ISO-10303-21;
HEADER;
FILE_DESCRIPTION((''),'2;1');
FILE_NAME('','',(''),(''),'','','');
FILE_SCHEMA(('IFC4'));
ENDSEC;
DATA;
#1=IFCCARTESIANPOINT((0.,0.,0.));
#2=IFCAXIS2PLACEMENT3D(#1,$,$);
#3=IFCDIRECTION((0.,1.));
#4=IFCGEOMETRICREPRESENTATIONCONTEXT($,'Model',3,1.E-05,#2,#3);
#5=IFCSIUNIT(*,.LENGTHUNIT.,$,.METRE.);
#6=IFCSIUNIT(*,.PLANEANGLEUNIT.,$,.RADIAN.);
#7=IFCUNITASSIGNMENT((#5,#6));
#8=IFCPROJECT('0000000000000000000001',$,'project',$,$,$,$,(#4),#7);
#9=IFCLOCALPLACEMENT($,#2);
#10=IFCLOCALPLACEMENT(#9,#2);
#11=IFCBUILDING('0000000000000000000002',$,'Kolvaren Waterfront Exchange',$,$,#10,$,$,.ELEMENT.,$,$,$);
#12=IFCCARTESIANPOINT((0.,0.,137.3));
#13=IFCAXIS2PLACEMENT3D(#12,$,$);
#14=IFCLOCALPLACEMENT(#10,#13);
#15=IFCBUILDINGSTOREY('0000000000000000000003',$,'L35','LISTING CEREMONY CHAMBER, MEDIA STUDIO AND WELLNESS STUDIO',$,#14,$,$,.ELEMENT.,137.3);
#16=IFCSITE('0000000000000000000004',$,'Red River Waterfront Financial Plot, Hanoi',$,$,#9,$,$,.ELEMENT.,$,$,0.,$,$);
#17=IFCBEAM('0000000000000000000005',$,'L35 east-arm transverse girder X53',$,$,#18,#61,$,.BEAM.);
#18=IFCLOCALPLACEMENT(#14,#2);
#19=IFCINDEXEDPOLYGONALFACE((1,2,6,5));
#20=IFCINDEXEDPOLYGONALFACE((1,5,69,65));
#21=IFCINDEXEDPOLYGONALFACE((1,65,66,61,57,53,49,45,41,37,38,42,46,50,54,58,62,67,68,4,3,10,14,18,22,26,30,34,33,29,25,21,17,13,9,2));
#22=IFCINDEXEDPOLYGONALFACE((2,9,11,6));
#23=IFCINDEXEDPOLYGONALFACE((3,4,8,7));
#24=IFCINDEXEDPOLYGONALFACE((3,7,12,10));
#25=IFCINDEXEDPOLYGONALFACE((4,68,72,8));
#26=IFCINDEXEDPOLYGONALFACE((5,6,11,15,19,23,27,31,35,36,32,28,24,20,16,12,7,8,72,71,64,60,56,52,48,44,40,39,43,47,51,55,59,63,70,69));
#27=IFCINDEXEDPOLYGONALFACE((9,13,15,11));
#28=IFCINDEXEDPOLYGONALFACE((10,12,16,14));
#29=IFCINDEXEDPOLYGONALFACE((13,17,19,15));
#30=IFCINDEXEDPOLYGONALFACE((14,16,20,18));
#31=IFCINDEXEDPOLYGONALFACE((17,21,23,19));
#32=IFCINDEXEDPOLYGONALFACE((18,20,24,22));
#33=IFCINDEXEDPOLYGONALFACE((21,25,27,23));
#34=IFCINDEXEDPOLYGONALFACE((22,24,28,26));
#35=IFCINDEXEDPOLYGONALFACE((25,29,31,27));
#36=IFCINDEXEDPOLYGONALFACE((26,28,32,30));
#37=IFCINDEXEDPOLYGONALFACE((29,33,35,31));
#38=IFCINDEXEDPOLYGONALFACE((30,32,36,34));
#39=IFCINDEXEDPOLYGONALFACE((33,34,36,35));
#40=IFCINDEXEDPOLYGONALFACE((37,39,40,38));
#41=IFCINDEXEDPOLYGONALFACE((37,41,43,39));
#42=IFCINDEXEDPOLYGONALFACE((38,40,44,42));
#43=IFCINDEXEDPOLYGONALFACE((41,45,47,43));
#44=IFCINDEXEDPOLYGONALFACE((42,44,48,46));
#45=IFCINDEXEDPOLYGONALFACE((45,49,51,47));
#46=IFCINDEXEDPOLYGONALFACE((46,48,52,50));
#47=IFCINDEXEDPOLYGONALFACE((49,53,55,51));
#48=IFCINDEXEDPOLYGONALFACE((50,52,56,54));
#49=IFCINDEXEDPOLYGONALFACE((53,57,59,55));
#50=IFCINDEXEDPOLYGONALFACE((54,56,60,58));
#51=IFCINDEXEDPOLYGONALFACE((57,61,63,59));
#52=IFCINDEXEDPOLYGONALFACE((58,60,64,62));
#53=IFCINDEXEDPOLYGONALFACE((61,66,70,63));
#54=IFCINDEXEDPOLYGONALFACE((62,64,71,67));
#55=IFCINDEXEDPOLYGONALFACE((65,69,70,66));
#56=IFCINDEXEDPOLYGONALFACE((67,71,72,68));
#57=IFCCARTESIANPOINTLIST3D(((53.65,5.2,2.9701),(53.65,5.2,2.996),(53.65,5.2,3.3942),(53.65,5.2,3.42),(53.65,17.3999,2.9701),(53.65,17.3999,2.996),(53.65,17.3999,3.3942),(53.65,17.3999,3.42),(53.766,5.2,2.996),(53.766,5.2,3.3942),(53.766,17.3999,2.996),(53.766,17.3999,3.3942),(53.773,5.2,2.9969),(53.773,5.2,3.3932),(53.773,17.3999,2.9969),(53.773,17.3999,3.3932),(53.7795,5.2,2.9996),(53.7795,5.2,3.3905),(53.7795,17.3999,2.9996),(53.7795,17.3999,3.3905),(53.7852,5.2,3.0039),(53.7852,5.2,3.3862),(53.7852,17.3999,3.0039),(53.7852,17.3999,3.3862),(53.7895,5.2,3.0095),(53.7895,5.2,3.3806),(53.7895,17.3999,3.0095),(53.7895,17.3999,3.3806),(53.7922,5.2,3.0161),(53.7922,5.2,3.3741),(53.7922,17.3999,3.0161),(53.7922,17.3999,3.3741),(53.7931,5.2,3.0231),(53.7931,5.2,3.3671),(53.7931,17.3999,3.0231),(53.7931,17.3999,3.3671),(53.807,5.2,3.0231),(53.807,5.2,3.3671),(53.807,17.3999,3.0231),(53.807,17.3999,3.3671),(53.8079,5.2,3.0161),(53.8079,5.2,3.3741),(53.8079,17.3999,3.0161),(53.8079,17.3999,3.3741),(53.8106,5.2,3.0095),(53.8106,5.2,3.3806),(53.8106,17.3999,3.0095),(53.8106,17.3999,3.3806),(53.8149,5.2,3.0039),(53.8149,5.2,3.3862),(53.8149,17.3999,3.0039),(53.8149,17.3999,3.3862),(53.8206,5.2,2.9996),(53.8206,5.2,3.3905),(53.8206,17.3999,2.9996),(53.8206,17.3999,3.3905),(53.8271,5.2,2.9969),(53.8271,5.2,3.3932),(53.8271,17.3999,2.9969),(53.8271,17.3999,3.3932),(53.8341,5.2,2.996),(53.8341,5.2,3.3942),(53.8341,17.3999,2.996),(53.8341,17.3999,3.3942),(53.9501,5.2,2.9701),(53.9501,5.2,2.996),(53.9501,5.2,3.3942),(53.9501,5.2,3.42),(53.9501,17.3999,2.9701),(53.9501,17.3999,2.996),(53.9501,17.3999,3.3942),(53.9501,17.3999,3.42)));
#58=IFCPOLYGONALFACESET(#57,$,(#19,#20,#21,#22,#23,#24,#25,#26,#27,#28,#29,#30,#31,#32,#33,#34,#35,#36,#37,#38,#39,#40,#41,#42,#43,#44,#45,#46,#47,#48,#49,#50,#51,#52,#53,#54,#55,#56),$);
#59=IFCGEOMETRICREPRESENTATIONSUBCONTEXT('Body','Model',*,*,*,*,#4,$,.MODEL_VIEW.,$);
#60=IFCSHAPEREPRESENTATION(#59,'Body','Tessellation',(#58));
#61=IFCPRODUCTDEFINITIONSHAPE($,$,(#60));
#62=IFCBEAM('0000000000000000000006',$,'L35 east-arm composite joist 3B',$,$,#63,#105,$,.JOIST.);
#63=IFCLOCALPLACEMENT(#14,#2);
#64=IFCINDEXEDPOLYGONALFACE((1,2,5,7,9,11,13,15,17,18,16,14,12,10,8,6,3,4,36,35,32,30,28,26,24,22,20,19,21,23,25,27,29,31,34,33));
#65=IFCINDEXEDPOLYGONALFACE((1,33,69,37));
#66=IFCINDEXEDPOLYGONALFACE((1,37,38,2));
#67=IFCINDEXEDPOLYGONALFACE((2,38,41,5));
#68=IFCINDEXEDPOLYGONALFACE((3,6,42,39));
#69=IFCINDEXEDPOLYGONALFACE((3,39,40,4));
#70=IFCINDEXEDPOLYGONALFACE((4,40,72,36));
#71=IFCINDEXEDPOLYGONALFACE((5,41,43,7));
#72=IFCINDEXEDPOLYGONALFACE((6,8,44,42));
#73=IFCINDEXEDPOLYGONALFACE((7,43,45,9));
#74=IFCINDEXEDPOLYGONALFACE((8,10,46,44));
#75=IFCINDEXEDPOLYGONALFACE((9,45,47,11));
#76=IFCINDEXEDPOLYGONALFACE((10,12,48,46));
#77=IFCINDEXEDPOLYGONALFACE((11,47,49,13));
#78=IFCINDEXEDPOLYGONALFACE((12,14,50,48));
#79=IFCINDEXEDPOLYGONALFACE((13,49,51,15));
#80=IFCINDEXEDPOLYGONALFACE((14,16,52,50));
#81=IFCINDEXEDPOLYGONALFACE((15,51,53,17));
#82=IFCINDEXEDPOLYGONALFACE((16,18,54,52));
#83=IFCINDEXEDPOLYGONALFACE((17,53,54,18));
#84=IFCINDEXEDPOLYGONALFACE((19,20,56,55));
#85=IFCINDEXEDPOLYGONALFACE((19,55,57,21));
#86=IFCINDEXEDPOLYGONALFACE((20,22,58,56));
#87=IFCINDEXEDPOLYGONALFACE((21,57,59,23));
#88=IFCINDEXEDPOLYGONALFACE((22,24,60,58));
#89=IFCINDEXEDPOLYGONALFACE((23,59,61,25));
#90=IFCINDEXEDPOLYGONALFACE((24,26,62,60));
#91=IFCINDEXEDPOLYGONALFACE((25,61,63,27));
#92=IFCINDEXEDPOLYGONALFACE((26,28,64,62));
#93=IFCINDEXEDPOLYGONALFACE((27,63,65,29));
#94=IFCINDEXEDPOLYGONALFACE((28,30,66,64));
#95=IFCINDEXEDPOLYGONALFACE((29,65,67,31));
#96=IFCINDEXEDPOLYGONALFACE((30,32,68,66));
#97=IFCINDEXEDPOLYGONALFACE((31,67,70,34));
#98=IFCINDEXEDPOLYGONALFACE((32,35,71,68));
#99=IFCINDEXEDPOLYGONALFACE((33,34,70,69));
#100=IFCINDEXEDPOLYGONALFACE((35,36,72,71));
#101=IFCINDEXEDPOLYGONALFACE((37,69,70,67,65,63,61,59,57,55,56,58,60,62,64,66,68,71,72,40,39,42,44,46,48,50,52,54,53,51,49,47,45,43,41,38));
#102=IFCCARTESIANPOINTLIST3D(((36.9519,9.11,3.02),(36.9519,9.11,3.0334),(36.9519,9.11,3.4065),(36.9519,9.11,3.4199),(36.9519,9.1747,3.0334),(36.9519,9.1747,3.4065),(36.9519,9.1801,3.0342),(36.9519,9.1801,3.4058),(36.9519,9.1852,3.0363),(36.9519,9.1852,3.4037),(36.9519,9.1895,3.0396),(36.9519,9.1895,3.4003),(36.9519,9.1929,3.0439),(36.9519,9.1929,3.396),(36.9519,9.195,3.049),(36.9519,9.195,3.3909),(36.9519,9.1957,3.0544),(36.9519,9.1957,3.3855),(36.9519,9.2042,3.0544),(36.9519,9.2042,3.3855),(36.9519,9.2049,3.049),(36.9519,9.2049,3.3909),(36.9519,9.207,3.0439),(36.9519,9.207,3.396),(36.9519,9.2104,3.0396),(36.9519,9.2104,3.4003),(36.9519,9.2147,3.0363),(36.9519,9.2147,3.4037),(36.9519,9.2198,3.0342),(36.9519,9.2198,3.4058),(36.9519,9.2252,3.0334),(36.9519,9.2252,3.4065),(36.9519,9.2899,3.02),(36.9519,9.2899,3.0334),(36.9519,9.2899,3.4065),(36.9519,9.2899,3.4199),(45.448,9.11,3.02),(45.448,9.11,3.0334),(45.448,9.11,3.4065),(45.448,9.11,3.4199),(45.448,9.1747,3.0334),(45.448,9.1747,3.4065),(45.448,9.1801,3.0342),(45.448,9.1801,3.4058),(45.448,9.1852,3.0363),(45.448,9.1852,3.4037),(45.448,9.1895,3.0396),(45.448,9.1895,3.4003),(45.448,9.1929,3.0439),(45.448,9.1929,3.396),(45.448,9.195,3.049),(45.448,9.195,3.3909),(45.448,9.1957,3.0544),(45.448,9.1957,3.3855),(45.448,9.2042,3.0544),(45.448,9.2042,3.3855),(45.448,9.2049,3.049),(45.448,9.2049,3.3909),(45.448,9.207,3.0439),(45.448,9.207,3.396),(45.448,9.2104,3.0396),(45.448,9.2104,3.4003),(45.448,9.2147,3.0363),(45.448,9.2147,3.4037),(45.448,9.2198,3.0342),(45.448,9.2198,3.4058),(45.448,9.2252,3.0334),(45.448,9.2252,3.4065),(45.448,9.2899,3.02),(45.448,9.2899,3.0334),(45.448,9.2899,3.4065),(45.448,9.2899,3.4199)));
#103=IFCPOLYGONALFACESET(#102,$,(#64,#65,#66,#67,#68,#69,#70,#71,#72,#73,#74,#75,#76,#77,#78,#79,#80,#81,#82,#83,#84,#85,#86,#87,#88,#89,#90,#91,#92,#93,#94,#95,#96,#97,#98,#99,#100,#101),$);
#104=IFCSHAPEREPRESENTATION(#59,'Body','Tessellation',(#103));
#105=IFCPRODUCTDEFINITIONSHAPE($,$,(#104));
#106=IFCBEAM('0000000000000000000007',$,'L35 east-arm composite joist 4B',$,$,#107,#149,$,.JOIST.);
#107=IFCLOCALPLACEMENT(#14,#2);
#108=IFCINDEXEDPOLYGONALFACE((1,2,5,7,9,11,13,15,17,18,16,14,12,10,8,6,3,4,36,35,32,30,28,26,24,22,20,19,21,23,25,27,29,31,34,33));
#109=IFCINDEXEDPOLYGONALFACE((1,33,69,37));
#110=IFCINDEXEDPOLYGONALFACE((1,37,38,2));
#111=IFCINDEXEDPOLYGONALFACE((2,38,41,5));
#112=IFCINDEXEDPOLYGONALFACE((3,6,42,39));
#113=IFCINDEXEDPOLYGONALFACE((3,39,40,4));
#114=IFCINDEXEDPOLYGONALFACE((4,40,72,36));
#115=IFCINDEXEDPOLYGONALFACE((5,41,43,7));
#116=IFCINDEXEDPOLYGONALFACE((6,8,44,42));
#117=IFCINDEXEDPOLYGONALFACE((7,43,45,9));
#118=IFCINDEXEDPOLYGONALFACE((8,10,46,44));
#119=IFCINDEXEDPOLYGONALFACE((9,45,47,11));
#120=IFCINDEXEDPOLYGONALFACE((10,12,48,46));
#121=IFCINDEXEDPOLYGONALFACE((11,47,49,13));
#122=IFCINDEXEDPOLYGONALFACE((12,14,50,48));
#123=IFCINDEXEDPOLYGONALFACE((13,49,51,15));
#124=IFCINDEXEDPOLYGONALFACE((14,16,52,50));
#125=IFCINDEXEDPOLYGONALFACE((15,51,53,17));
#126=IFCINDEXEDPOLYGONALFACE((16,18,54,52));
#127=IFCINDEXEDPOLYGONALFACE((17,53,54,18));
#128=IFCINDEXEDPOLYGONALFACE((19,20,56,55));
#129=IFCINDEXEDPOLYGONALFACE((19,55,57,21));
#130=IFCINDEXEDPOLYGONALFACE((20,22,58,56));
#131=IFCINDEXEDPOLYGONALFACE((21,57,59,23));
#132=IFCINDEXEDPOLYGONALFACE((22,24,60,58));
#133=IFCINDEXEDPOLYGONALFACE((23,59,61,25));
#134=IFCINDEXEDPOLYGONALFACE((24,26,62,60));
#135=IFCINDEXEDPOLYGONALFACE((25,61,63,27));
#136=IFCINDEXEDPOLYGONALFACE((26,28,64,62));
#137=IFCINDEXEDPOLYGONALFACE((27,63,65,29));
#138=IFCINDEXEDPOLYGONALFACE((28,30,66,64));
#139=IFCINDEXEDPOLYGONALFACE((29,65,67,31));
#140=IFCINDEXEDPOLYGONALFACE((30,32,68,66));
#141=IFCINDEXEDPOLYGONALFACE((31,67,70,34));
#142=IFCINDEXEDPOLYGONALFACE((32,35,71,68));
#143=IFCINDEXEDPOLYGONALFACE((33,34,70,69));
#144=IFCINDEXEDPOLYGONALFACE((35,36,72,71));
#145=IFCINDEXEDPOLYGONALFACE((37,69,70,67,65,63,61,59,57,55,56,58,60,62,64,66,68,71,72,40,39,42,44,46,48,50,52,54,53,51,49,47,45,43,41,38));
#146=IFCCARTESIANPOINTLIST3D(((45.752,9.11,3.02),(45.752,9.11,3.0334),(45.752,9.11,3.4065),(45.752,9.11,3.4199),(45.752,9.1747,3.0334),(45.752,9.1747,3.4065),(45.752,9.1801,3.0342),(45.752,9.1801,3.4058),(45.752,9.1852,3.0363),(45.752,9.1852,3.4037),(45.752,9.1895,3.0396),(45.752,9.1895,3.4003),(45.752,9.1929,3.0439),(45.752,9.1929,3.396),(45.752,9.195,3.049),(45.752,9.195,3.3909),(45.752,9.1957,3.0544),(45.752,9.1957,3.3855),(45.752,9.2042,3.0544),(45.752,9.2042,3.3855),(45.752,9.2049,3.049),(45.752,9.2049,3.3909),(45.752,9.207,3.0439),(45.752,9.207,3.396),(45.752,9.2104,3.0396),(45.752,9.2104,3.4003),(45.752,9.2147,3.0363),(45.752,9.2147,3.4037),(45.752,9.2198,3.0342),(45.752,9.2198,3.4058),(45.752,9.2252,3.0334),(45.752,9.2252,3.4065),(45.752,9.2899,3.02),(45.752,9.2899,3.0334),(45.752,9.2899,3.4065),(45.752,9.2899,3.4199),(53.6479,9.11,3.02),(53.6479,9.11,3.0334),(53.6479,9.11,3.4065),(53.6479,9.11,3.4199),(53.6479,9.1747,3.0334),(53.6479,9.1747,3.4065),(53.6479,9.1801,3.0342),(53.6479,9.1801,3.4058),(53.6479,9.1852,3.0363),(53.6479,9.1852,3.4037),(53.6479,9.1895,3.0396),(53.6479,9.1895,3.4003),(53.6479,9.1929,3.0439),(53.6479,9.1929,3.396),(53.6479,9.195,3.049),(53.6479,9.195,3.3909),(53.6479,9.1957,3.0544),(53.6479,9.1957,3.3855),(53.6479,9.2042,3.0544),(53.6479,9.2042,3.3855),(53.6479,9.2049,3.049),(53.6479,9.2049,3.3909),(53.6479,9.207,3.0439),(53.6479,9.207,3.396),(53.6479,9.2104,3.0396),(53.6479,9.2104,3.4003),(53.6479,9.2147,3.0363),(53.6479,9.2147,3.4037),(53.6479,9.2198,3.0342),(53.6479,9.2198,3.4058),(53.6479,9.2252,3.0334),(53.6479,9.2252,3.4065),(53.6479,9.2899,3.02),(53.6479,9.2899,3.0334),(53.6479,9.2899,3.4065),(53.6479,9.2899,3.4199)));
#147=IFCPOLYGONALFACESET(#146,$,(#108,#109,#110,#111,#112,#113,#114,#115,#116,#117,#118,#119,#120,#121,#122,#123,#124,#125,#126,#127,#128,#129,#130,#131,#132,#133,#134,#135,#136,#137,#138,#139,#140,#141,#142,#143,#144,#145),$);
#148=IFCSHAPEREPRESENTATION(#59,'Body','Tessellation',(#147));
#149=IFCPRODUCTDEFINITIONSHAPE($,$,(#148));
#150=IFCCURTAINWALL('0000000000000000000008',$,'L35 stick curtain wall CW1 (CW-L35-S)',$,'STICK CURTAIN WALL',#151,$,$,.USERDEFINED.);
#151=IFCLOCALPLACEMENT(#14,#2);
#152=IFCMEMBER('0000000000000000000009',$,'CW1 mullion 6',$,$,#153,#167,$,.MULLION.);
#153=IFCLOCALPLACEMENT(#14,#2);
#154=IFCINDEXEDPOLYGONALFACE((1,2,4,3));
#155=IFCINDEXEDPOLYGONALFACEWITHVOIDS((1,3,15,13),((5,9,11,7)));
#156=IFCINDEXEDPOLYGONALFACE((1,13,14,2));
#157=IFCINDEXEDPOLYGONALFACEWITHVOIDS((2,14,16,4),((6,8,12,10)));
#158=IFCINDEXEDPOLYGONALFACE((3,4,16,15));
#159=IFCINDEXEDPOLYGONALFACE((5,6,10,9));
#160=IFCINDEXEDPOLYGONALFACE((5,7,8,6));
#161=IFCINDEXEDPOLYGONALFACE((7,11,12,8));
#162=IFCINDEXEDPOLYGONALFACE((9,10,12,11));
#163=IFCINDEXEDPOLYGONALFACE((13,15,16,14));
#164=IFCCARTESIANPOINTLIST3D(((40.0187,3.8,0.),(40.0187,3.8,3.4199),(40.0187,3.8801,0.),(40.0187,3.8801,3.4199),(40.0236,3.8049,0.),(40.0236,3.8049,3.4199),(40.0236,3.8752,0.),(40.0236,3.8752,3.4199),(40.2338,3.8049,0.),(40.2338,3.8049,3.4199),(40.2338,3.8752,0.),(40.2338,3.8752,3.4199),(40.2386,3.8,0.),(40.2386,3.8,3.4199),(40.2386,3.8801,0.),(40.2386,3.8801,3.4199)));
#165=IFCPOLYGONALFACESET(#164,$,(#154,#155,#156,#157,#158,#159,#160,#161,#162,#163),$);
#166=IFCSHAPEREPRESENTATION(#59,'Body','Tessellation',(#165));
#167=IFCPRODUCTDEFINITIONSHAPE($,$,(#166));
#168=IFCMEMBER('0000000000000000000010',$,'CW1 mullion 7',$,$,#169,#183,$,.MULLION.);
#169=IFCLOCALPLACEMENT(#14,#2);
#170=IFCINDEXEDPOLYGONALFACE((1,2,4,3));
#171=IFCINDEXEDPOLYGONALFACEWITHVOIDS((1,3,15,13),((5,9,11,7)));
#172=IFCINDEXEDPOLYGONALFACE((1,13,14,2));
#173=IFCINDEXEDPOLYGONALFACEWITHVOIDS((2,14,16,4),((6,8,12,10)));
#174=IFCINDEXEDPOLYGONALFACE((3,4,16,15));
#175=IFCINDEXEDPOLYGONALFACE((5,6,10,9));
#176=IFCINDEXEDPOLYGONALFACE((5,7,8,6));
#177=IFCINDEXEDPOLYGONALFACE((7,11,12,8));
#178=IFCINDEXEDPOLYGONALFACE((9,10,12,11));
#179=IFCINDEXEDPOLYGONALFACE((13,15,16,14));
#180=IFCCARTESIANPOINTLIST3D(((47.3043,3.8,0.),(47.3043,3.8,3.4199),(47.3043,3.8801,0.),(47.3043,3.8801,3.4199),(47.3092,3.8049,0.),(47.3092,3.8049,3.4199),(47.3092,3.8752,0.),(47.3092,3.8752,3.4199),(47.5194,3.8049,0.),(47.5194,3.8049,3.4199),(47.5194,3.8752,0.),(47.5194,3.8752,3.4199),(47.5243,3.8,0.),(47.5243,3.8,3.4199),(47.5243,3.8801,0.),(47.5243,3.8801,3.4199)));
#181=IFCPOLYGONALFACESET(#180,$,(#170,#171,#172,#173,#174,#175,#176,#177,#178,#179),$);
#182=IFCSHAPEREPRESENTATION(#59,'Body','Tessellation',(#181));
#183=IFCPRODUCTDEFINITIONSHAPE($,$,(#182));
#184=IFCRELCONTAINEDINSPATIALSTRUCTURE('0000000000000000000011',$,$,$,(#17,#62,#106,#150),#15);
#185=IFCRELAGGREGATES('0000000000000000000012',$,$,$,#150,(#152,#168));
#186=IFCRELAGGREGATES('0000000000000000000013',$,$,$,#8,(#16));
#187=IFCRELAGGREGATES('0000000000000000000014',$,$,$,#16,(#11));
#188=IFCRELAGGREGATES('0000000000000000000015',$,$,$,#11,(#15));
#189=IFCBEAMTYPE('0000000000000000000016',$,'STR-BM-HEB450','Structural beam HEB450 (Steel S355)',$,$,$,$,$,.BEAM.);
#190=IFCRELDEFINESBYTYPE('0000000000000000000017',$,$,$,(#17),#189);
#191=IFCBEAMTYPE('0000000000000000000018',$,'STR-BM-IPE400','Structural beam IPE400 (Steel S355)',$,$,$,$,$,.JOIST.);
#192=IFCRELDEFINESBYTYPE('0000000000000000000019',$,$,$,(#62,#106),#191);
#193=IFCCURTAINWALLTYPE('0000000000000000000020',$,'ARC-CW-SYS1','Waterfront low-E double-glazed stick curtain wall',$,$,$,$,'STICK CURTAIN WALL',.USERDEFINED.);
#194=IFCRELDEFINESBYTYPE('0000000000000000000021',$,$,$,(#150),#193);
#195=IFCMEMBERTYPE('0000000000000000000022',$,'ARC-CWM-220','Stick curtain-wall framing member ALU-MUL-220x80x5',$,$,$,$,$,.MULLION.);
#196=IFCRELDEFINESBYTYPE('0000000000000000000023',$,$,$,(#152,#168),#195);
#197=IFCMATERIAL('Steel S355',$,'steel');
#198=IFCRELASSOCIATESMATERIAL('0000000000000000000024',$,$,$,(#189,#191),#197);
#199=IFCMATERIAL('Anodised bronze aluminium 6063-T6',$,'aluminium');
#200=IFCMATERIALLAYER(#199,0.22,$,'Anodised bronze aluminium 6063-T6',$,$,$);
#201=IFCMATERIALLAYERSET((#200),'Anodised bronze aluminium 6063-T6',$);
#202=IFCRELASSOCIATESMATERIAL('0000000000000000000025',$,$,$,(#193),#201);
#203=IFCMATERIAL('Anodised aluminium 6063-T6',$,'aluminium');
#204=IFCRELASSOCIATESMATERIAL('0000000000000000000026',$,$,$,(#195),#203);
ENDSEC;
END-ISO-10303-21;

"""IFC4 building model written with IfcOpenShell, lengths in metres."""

from ifc_helpers import new_model, si_unit, direction, frame, origin, origin_with_axes, origin_2d, place, context, subcontext, project, spatial, hollow_rectangle, i_section, extrude, source, transform, mapped, material, layer, layer_set, material_profile, profile_set, type_object, element, aggregate, save


model = new_model("IFC4")

# Units and contexts
model_context = context("Model", 3, precision=1e-05, world=origin(), true_north=direction((0.0, 1.0)))
body_context = subcontext(model_context, "Body", "Model", "MODEL_VIEW")
ifc_project = project(units=[si_unit("LENGTHUNIT", "METRE"), si_unit("PLANEANGLEUNIT", "RADIAN")], contexts=[model_context])

# Site, building, storey
site_placement = place(None, origin())
site = spatial("IfcSite", under=ifc_project, at=site_placement, Name="Red River Waterfront Financial Plot, Hanoi", CompositionType="ELEMENT", RefElevation=0.0)
building_placement = place(site_placement, origin())
building = spatial("IfcBuilding", under=site, at=building_placement, Name="Kolvaren Waterfront Exchange", CompositionType="ELEMENT")
storey_placement = place(building_placement, frame((0.0, 0.0, 137.3)))
storey = spatial("IfcBuildingStorey", under=building, at=storey_placement, Name="L35", Description="LISTING CEREMONY CHAMBER, MEDIA STUDIO AND WELLNESS STUDIO", CompositionType="ELEMENT", Elevation=137.3)

# Beams
ifc_material_1 = material(Name="Steel S355", Category="steel")
ifc_material_profile_1 = material_profile(ifc_material_1, i_section(OverallWidth=0.3, OverallDepth=0.45, WebThickness=0.0139, FlangeThickness=0.0259, FilletRadius=0.0271, at=origin_2d()), Name="HEB450")
ifc_profile_set_1 = profile_set([ifc_material_profile_1], Name="Steel S355")
beam_type_1 = type_object("IfcBeamType", Name="STR-BM-HEB450", Description="Structural beam HEB450 (Steel S355)", PredefinedType="BEAM", material=ifc_profile_set_1)
for number, where, z_axis, x_axis, name in (
    (1, (53.8, 5.2, 3.1951), (0.0, 1.0, 0.0), (-1.0, 0.0, 0.0), "L35 east-arm transverse girder X53"),
):
    element("IfcBeam", number, at=place(storey_placement, frame(where, z_axis=z_axis, x_axis=x_axis)), inside=storey, type_object=beam_type_1, Name=name, PredefinedType="BEAM", context=body_context, shape_type="SweptSolid", body=[
        extrude(i_section(OverallWidth=0.3, OverallDepth=0.45, WebThickness=0.0139, FlangeThickness=0.0259, FilletRadius=0.0271, at=origin_2d()), origin(), (0.0, 0.0, 1.0), 12.2),
    ])
ifc_material_profile_2 = material_profile(ifc_material_1, i_section(OverallWidth=0.1799, OverallDepth=0.3999, WebThickness=0.0085, FlangeThickness=0.0134, FilletRadius=0.021, at=origin_2d()), Name="IPE400")
ifc_profile_set_2 = profile_set([ifc_material_profile_2], Name="Steel S355")
beam_type_2 = type_object("IfcBeamType", Name="STR-BM-IPE400", Description="Structural beam IPE400 (Steel S355)", PredefinedType="JOIST", material=ifc_profile_set_2)
beam_1_placement = place(storey_placement, frame((36.9519, 9.2, 3.22), z_axis=(1.0, 0.0, 0.0), x_axis=(0.0, 1.0, 0.0)))
element("IfcBeam", 2, at=beam_1_placement, inside=storey, type_object=beam_type_2, Name="L35 east-arm composite joist 3B", PredefinedType="JOIST", context=body_context, shape_type="SweptSolid", body=[
    extrude(i_section(OverallWidth=0.1799, OverallDepth=0.3999, WebThickness=0.0085, FlangeThickness=0.0134, FilletRadius=0.021, at=origin_2d()), origin(), (0.0, 0.0, 1.0), 8.4961),
])
beam_2_placement = place(storey_placement, frame((45.752, 9.2, 3.22), z_axis=(1.0, 0.0, 0.0), x_axis=(0.0, 1.0, 0.0)))
element("IfcBeam", 3, at=beam_2_placement, inside=storey, type_object=beam_type_2, Name="L35 east-arm composite joist 4B", PredefinedType="JOIST", context=body_context, shape_type="SweptSolid", body=[
    extrude(i_section(OverallWidth=0.1799, OverallDepth=0.3999, WebThickness=0.0085, FlangeThickness=0.0134, FilletRadius=0.021, at=origin_2d()), origin(), (0.0, 0.0, 1.0), 7.896),
])

# Curtain wall, members
ifc_material_2 = material(Name="Anodised bronze aluminium 6063-T6", Category="aluminium")
ifc_layer_1 = layer(ifc_material_2, 0.22, Name="Anodised bronze aluminium 6063-T6")
ifc_layer_set_1 = layer_set([ifc_layer_1], Name="Anodised bronze aluminium 6063-T6")
curtain_wall_type = type_object("IfcCurtainWallType", Name="ARC-CW-SYS1", Description="Waterfront low-E double-glazed stick curtain wall", ElementType="STICK CURTAIN WALL", PredefinedType="USERDEFINED", material=ifc_layer_set_1)
curtain_wall_placement = place(storey_placement, origin())
curtain_wall = element("IfcCurtainWall", 4, at=curtain_wall_placement, inside=storey, type_object=curtain_wall_type, Name="L35 stick curtain wall CW1 (CW-L35-S)", ObjectType="STICK CURTAIN WALL", PredefinedType="USERDEFINED")
ifc_material_3 = material(Name="Anodised aluminium 6063-T6", Category="aluminium")
ifc_material_profile_3 = material_profile(ifc_material_3, hollow_rectangle(XDim=0.0801, YDim=0.22, WallThickness=0.0049, at=origin_2d()), Name="ALU-MUL-220x80x5")
ifc_profile_set_3 = profile_set([ifc_material_profile_3], Name="Anodised aluminium 6063-T6")
member_type_1 = type_object("IfcMemberType", Name="ARC-CWM-220", Description="Stick curtain-wall framing member ALU-MUL-220x80x5", PredefinedType="MULLION", material=ifc_profile_set_3)
shared_shape_1 = source(origin_with_axes(), body_context, "Body", "SweptSolid", [
    extrude(hollow_rectangle(XDim=0.0801, YDim=0.22, WallThickness=0.0049, at=origin_2d()), origin(), (0.0, 0.0, 1.0), 3.4199),
])
member_1_placement = place(storey_placement, frame((40.1287, 3.8401, 0.0), z_axis=(0.0, 0.0, 1.0), x_axis=(0.0, 1.0, 0.0)))
member_1 = element("IfcMember", 5, at=member_1_placement, type_object=member_type_1, Name="CW1 mullion 6", PredefinedType="MULLION", context=body_context, shape_type="MappedRepresentation", body=[
    mapped(shared_shape_1, transform((0.0, 0.0, 0.0), x_axis=(1.0, 0.0, 0.0), y_axis=(0.0, 1.0, 0.0), z_axis=(0.0, 0.0, 1.0), scale=1.0)),
])
member_2_placement = place(storey_placement, frame((47.4143, 3.8401, 0.0), z_axis=(0.0, 0.0, 1.0), x_axis=(0.0, 1.0, 0.0)))
member_2 = element("IfcMember", 6, at=member_2_placement, type_object=member_type_1, Name="CW1 mullion 7", PredefinedType="MULLION", context=body_context, shape_type="MappedRepresentation", body=[
    mapped(shared_shape_1, transform((0.0, 0.0, 0.0), x_axis=(1.0, 0.0, 0.0), y_axis=(0.0, 1.0, 0.0), z_axis=(0.0, 0.0, 1.0), scale=1.0)),
])
aggregate(curtain_wall, [member_1, member_2])

save(model, "model.ifc")
